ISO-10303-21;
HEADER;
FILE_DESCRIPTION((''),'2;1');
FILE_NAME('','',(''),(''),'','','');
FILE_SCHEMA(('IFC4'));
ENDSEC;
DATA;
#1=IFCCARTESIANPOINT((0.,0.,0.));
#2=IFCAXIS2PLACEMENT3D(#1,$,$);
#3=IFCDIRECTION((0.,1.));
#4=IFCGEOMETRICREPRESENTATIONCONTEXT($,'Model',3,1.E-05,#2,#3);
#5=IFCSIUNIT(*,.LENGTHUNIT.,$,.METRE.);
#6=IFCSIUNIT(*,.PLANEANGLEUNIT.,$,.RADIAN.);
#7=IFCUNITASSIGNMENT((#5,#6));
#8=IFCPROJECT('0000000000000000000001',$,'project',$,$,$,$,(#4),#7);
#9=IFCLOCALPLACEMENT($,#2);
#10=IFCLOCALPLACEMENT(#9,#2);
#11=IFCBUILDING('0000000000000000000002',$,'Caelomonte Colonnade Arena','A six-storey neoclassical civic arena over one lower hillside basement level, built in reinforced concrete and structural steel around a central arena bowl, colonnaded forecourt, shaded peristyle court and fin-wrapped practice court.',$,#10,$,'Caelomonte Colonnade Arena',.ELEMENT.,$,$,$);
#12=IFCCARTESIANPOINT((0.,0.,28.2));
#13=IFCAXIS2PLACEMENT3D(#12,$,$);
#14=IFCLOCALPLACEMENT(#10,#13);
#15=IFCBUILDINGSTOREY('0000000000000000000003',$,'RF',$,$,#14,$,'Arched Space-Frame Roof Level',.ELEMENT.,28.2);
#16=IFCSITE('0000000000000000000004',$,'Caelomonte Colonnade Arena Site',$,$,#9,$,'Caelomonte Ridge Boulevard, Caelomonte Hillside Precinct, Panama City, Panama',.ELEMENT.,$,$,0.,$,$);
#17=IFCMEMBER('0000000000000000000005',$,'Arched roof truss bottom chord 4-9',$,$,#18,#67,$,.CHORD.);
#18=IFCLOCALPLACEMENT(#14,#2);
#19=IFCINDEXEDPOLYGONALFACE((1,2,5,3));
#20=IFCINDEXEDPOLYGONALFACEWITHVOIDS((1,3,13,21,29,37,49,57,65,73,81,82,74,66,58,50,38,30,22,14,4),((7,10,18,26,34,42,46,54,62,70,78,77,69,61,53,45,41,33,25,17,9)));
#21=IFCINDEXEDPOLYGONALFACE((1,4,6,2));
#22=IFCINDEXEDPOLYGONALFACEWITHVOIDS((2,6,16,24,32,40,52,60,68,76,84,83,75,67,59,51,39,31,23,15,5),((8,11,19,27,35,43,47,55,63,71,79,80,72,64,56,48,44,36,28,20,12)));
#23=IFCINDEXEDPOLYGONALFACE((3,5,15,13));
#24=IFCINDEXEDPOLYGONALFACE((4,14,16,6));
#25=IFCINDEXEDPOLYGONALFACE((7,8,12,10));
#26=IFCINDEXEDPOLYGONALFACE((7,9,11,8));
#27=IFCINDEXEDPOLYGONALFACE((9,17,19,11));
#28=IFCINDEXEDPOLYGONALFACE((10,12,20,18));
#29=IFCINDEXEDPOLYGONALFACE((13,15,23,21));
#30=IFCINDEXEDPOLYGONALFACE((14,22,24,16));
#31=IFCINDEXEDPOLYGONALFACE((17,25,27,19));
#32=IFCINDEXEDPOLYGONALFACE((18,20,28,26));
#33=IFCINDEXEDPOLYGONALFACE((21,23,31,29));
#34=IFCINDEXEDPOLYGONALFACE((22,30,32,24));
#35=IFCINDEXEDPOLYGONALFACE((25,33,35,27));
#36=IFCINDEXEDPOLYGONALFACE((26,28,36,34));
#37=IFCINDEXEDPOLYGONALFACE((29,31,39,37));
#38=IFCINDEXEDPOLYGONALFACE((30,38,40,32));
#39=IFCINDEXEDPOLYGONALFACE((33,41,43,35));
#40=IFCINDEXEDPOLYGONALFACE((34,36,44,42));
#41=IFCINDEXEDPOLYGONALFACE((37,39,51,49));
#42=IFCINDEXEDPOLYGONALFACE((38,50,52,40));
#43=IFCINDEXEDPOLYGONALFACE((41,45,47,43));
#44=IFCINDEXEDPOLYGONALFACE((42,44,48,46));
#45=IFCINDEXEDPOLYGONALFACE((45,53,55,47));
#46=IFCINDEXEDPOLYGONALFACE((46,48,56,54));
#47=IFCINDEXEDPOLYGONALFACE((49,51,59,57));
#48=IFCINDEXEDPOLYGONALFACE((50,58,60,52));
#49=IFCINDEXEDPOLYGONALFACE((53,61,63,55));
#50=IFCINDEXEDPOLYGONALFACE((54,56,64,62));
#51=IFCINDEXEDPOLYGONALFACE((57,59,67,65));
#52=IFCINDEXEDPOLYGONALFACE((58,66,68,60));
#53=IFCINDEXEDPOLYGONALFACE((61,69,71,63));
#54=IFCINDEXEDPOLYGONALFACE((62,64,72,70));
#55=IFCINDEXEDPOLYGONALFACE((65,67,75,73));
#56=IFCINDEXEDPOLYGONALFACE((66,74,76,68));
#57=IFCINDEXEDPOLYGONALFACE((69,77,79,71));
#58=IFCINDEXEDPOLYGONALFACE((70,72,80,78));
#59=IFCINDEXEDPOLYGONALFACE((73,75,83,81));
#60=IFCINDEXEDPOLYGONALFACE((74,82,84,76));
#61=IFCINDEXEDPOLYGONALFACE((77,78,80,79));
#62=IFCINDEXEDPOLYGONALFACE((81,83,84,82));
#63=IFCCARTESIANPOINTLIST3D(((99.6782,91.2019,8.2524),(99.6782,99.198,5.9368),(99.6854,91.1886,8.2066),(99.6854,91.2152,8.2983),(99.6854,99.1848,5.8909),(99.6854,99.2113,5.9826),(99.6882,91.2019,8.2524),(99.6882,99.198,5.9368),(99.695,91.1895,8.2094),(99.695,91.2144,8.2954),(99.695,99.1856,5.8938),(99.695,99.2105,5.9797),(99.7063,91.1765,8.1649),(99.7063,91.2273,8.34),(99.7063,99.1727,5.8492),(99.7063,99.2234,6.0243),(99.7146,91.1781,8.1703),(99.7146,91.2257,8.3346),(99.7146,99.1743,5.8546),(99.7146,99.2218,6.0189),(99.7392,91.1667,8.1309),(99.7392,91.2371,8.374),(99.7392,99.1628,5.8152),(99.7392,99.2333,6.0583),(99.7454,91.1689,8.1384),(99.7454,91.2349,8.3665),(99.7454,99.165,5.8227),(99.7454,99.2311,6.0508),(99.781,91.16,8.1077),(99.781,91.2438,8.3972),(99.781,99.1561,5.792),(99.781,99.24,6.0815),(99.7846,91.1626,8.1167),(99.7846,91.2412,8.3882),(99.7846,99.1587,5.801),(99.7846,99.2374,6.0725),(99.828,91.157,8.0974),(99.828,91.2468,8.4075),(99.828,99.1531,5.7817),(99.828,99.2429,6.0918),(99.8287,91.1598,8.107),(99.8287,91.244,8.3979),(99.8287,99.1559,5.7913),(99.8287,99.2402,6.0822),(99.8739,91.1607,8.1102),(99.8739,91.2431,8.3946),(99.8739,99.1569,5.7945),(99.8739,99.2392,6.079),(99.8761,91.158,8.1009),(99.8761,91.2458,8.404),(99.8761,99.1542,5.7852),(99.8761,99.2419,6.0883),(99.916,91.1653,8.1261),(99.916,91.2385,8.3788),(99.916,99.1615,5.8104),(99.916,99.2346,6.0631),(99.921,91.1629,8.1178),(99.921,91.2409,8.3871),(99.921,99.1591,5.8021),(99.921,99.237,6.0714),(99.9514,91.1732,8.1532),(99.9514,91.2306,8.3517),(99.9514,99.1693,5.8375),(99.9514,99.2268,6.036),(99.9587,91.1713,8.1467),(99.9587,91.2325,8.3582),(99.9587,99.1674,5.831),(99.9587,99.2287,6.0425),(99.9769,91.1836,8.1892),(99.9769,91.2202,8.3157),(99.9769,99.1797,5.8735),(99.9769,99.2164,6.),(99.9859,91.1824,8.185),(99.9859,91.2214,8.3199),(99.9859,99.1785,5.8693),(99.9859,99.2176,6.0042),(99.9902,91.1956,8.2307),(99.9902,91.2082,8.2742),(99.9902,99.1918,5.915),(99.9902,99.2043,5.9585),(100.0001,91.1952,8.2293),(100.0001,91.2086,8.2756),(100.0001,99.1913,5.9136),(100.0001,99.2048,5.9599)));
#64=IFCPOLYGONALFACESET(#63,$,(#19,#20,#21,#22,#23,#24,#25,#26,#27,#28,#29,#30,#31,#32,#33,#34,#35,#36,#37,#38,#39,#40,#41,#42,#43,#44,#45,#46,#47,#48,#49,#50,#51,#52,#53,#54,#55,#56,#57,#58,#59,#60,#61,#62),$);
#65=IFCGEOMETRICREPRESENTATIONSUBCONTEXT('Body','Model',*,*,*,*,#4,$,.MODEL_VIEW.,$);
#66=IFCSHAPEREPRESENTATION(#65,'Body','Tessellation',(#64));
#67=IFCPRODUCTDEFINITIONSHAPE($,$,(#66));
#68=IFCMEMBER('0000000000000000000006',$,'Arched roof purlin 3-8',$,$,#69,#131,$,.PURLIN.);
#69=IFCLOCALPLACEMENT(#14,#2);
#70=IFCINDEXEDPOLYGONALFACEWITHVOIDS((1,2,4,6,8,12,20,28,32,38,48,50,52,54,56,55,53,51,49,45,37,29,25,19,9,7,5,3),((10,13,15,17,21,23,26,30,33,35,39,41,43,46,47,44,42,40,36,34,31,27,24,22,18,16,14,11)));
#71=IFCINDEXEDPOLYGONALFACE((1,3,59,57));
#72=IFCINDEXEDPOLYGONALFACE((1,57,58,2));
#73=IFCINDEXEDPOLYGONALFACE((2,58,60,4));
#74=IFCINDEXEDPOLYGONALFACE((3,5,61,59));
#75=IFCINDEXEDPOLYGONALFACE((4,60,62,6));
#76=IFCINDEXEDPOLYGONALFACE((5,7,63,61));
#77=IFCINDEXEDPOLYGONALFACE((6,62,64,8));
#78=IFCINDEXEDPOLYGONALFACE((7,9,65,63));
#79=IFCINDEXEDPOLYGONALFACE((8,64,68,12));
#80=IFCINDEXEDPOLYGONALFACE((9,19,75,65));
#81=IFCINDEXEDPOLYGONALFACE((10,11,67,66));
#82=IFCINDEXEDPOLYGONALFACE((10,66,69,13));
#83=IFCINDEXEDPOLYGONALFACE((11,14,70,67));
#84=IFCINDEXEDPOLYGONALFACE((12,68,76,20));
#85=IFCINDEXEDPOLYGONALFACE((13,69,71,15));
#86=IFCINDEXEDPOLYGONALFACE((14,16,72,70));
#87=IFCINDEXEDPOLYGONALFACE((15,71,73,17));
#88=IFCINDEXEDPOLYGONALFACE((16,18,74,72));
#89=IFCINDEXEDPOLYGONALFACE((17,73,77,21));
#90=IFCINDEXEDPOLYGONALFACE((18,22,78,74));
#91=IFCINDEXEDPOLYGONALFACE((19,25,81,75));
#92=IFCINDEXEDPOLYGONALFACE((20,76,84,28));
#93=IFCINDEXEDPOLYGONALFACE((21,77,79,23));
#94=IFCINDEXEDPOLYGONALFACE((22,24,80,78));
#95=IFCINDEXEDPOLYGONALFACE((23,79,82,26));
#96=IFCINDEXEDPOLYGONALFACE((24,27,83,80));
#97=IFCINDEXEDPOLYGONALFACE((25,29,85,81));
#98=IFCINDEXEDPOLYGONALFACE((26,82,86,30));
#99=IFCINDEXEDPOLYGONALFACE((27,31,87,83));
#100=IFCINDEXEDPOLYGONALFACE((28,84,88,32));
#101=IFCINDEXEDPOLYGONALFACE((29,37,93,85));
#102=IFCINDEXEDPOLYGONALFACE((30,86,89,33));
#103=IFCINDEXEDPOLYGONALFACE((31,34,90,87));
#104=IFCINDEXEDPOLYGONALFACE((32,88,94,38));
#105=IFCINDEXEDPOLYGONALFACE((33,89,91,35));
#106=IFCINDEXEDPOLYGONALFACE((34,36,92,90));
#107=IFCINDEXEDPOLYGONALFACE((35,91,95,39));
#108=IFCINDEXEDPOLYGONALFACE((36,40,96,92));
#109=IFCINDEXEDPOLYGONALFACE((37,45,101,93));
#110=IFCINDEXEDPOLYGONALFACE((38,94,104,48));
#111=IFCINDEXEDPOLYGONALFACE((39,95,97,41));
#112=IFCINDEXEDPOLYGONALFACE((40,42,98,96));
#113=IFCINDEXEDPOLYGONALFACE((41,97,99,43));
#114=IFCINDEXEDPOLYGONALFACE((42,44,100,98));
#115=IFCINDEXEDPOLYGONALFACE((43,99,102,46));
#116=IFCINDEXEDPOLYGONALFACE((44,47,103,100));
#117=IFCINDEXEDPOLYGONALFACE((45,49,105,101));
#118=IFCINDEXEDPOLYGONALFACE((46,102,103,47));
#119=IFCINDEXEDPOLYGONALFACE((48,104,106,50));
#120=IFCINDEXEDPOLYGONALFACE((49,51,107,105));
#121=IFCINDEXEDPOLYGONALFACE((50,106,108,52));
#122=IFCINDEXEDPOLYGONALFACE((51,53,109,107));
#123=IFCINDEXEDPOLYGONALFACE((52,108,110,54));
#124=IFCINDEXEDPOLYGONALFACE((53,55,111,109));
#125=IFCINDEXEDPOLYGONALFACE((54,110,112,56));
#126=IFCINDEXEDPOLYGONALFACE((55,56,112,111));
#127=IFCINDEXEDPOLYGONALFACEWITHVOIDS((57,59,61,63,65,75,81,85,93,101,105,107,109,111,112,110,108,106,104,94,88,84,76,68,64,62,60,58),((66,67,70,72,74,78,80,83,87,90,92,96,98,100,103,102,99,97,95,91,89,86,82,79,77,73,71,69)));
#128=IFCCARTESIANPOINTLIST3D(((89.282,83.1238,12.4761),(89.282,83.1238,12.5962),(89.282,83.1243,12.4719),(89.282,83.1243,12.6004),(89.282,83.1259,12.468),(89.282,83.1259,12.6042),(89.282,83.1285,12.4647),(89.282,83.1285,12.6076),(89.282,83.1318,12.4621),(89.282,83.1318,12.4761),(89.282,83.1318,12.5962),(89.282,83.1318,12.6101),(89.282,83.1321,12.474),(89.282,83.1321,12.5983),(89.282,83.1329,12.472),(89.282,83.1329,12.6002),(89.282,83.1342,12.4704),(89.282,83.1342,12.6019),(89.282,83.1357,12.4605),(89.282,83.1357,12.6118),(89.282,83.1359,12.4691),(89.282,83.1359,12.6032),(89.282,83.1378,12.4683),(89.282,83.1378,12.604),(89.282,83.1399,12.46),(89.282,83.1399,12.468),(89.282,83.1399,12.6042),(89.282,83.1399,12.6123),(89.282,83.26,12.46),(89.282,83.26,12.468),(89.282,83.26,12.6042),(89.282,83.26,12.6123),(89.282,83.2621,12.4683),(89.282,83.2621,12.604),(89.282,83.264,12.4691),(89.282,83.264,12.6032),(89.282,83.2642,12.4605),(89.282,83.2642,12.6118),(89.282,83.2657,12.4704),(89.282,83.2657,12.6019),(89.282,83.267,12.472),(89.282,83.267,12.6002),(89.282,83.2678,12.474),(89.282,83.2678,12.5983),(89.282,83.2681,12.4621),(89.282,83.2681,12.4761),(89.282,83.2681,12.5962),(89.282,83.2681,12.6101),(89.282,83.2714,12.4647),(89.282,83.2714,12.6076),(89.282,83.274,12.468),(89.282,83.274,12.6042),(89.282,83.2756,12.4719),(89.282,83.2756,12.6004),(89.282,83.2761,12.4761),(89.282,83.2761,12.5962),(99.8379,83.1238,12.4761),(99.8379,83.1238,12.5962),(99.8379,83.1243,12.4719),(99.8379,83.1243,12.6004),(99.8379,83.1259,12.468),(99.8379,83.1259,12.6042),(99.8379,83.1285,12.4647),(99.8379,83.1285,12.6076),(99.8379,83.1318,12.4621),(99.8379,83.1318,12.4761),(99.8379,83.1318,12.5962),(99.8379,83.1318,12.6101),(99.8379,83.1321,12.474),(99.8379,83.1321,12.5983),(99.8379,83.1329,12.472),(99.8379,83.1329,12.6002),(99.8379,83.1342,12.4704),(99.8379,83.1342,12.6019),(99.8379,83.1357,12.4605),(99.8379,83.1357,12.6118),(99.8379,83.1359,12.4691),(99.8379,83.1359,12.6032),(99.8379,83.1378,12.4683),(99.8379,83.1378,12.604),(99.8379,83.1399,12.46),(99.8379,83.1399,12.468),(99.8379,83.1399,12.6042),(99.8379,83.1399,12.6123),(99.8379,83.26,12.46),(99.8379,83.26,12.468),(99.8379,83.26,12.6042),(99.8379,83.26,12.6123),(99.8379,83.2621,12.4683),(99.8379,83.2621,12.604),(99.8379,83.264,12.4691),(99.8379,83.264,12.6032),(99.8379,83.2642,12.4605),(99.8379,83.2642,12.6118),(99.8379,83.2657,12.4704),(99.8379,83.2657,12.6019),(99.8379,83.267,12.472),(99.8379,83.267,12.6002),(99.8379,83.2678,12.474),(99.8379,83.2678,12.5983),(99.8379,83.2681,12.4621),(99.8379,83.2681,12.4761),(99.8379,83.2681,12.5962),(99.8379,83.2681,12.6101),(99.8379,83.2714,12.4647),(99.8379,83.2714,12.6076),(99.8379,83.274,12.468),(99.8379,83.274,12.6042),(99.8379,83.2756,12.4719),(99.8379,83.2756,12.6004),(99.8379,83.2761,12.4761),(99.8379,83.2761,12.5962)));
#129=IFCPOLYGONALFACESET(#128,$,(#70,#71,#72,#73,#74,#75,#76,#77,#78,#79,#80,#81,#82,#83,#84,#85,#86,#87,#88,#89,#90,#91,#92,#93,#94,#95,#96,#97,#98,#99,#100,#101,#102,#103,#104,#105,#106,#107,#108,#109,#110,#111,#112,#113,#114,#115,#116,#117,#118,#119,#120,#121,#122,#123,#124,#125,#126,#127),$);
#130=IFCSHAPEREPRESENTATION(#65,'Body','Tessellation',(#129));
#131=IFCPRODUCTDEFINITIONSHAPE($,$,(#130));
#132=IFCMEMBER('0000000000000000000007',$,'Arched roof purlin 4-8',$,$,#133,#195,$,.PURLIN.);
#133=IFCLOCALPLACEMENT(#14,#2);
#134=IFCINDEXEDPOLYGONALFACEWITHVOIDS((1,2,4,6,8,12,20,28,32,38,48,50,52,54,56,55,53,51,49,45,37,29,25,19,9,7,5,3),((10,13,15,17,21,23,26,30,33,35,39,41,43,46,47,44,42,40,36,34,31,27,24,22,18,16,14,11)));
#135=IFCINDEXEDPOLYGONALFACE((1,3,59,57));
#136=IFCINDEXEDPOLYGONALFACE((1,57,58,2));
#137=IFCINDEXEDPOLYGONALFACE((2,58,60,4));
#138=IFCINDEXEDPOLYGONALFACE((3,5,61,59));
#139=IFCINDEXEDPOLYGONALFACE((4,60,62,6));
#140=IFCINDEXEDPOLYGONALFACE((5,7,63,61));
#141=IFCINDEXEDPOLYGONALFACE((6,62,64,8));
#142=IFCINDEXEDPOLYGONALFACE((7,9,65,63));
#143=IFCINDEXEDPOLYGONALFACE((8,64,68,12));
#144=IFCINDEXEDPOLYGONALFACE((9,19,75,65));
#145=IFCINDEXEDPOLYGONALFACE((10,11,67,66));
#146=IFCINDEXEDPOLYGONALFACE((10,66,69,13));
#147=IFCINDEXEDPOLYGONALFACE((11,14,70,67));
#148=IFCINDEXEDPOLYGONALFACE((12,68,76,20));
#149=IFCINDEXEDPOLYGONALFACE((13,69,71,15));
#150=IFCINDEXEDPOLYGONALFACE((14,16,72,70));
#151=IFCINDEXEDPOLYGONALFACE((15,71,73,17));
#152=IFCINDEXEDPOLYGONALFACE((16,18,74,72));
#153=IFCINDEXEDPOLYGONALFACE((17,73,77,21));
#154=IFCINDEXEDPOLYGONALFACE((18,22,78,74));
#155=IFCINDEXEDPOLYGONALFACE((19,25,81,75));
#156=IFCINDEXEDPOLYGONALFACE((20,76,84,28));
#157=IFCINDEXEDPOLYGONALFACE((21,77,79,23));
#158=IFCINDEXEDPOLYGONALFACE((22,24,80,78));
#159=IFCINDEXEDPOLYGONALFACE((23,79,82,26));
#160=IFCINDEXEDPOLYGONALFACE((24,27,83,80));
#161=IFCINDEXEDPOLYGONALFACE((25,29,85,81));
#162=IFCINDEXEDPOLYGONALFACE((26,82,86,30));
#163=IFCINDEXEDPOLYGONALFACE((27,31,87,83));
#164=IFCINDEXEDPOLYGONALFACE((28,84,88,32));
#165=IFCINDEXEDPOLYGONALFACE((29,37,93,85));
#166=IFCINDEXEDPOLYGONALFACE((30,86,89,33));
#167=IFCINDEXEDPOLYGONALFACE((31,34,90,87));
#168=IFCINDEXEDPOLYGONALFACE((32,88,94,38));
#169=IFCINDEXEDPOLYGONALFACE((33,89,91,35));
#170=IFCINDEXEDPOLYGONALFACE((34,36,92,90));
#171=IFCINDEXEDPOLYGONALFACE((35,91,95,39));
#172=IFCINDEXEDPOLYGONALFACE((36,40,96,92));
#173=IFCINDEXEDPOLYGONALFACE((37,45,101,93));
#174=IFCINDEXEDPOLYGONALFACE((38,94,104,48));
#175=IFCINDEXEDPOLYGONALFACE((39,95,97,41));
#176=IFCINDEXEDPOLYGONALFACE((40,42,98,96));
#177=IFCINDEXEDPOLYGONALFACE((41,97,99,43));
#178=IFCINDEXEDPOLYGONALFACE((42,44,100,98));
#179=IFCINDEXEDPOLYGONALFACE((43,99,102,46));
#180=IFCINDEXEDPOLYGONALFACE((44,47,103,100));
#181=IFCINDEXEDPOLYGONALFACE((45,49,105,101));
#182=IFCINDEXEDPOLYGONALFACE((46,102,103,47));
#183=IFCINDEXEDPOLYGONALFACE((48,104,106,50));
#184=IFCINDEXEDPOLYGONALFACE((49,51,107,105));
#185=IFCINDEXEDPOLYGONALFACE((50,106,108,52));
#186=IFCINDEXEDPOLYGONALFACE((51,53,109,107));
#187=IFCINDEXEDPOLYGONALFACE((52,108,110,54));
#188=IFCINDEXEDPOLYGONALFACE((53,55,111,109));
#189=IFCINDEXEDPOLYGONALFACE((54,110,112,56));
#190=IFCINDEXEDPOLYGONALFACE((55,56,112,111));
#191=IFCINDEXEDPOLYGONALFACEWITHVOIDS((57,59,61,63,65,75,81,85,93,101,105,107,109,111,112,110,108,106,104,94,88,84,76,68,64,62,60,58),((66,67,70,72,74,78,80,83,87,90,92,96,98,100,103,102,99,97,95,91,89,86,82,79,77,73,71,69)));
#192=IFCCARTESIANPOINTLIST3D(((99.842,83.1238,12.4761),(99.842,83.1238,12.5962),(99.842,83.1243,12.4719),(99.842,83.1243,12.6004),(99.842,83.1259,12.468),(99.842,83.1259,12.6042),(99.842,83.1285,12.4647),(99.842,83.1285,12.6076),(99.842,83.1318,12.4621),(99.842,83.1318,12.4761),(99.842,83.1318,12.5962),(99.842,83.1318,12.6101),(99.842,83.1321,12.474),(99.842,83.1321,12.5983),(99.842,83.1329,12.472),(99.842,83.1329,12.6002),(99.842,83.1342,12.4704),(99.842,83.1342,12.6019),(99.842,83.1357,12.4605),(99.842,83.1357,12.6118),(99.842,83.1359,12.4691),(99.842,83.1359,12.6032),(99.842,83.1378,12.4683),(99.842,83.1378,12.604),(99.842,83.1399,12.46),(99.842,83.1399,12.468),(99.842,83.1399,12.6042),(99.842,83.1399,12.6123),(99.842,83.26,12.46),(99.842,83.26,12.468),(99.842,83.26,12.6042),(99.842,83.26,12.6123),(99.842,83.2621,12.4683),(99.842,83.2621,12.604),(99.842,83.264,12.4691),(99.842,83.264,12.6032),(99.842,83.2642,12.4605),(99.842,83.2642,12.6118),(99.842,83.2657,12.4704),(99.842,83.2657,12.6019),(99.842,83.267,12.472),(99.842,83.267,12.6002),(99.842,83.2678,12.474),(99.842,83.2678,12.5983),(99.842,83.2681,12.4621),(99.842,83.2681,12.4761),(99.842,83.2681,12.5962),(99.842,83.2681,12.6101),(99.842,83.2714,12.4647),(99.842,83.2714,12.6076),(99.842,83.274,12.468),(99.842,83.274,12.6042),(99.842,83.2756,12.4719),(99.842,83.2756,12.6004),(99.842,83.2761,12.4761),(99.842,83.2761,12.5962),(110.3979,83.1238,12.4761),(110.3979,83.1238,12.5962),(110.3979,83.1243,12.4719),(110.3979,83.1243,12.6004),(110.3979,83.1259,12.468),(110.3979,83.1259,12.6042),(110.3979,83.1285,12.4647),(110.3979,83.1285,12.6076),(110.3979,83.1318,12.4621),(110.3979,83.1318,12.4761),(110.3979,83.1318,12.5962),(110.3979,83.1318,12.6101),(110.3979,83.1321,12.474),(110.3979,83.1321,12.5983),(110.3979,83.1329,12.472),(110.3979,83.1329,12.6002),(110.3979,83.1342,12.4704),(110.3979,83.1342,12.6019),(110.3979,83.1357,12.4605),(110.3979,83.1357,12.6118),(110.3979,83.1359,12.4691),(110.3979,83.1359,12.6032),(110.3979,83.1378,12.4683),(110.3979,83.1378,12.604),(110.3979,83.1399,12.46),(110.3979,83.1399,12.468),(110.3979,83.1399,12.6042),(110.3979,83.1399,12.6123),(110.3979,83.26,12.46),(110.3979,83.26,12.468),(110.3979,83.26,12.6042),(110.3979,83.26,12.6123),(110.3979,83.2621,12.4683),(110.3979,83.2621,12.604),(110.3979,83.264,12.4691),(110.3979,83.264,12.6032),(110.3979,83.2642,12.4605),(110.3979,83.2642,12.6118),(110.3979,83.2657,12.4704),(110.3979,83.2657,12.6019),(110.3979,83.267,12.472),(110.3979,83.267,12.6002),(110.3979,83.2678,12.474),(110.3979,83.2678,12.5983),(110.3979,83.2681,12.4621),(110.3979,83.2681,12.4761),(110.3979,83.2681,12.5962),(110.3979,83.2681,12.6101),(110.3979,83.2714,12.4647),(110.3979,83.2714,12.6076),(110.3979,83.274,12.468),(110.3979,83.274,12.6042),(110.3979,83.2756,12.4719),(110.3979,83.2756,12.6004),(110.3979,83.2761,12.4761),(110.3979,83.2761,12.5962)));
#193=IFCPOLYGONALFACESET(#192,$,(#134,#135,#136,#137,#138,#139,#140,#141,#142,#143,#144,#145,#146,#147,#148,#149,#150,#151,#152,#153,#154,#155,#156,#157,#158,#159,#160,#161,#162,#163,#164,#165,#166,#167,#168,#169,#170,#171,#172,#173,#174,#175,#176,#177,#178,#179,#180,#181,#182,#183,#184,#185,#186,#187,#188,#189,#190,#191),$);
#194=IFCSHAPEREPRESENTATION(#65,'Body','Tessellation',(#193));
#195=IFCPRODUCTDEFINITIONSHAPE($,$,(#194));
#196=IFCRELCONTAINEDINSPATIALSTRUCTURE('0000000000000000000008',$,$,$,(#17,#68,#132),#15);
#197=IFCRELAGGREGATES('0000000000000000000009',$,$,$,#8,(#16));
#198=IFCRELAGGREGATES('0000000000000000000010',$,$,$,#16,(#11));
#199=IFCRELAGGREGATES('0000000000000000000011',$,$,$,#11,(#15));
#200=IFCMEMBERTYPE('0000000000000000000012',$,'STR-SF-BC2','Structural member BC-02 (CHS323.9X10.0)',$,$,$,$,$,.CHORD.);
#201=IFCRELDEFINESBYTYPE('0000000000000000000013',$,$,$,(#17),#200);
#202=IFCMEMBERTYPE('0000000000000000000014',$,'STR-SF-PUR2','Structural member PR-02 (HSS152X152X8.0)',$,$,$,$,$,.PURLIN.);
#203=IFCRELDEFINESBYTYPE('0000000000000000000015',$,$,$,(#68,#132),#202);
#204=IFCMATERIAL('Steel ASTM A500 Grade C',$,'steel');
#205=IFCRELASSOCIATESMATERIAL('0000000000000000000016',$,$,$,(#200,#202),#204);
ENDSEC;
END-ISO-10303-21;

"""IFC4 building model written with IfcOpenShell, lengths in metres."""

from ifc_helpers import new_model, si_unit, direction, frame, origin, origin_2d, place, context, subcontext, project, spatial, hollow_rectangle, hollow_circle, extrude, material, material_profile, profile_set, type_object, element, save


model = new_model("IFC4")

# Units and contexts
model_context = context("Model", 3, precision=1e-05, world=origin(), true_north=direction((0.0, 1.0)))
body_context = subcontext(model_context, "Body", "Model", "MODEL_VIEW")
ifc_project = project(units=[si_unit("LENGTHUNIT", "METRE"), si_unit("PLANEANGLEUNIT", "RADIAN")], contexts=[model_context])

# Site, building, storey
site_placement = place(None, origin())
site = spatial("IfcSite", under=ifc_project, at=site_placement, Name="Caelomonte Colonnade Arena Site", LongName="Caelomonte Ridge Boulevard, Caelomonte Hillside Precinct, Panama City, Panama", CompositionType="ELEMENT", RefElevation=0.0)
building_placement = place(site_placement, origin())
building = spatial("IfcBuilding", under=site, at=building_placement, Name="Caelomonte Colonnade Arena", Description="A six-storey neoclassical civic arena over one lower hillside basement level, built in reinforced concrete and structural steel around a central arena bowl, colonnaded forecourt, shaded peristyle court and fin-wrapped practice court.", LongName="Caelomonte Colonnade Arena", CompositionType="ELEMENT")
storey_placement = place(building_placement, frame((0.0, 0.0, 28.2)))
storey = spatial("IfcBuildingStorey", under=building, at=storey_placement, Name="RF", LongName="Arched Space-Frame Roof Level", CompositionType="ELEMENT", Elevation=28.2)

# Members
ifc_material_1 = material(Name="Steel ASTM A500 Grade C", Category="steel")
ifc_material_profile_1 = material_profile(ifc_material_1, hollow_circle(Radius=0.1619, WallThickness=0.01, at=origin_2d()), Name="CHS323.9X10.0")
ifc_profile_set_1 = profile_set([ifc_material_profile_1], Name="Steel ASTM A500 Grade C")
member_type_1 = type_object("IfcMemberType", Name="STR-SF-BC2", Description="Structural member BC-02 (CHS323.9X10.0)", PredefinedType="CHORD", material=ifc_profile_set_1)
member_1_placement = place(storey_placement, frame((99.8401, 91.2019, 8.2524), z_axis=(0.0, 0.960532, -0.278171), x_axis=(-1.0, 0.0, 0.0)))
element("IfcMember", 1, at=member_1_placement, inside=storey, type_object=member_type_1, Name="Arched roof truss bottom chord 4-9", PredefinedType="CHORD", context=body_context, shape_type="SweptSolid", body=[
    extrude(hollow_circle(Radius=0.1619, WallThickness=0.01, at=origin_2d()), origin(), (0.0, 0.0, 1.0), 8.3247),
])
ifc_material_profile_2 = material_profile(ifc_material_1, hollow_rectangle(XDim=0.1523, YDim=0.1523, WallThickness=0.0081, InnerFilletRadius=0.0081, OuterFilletRadius=0.0161, at=origin_2d()), Name="HSS152X152X8.0")
ifc_profile_set_2 = profile_set([ifc_material_profile_2], Name="Steel ASTM A500 Grade C")
member_type_2 = type_object("IfcMemberType", Name="STR-SF-PUR2", Description="Structural member PR-02 (HSS152X152X8.0)", PredefinedType="PURLIN", material=ifc_profile_set_2)
for number, where, z_axis, x_axis, name in (
    (2, (89.282, 83.2, 12.5361), (1.0, 0.0, 0.0), (0.0, 1.0, 0.0), "Arched roof purlin 3-8"),
    (3, (99.842, 83.2, 12.5361), (1.0, 0.0, 0.0), (0.0, 1.0, 0.0), "Arched roof purlin 4-8"),
):
    element("IfcMember", number, at=place(storey_placement, frame(where, z_axis=z_axis, x_axis=x_axis)), inside=storey, type_object=member_type_2, Name=name, PredefinedType="PURLIN", context=body_context, shape_type="SweptSolid", body=[
        extrude(hollow_rectangle(XDim=0.1523, YDim=0.1523, WallThickness=0.0081, InnerFilletRadius=0.0081, OuterFilletRadius=0.0161, at=origin_2d()), origin(), (0.0, 0.0, 1.0), 10.5559),
    ])

save(model, "model.ifc")
